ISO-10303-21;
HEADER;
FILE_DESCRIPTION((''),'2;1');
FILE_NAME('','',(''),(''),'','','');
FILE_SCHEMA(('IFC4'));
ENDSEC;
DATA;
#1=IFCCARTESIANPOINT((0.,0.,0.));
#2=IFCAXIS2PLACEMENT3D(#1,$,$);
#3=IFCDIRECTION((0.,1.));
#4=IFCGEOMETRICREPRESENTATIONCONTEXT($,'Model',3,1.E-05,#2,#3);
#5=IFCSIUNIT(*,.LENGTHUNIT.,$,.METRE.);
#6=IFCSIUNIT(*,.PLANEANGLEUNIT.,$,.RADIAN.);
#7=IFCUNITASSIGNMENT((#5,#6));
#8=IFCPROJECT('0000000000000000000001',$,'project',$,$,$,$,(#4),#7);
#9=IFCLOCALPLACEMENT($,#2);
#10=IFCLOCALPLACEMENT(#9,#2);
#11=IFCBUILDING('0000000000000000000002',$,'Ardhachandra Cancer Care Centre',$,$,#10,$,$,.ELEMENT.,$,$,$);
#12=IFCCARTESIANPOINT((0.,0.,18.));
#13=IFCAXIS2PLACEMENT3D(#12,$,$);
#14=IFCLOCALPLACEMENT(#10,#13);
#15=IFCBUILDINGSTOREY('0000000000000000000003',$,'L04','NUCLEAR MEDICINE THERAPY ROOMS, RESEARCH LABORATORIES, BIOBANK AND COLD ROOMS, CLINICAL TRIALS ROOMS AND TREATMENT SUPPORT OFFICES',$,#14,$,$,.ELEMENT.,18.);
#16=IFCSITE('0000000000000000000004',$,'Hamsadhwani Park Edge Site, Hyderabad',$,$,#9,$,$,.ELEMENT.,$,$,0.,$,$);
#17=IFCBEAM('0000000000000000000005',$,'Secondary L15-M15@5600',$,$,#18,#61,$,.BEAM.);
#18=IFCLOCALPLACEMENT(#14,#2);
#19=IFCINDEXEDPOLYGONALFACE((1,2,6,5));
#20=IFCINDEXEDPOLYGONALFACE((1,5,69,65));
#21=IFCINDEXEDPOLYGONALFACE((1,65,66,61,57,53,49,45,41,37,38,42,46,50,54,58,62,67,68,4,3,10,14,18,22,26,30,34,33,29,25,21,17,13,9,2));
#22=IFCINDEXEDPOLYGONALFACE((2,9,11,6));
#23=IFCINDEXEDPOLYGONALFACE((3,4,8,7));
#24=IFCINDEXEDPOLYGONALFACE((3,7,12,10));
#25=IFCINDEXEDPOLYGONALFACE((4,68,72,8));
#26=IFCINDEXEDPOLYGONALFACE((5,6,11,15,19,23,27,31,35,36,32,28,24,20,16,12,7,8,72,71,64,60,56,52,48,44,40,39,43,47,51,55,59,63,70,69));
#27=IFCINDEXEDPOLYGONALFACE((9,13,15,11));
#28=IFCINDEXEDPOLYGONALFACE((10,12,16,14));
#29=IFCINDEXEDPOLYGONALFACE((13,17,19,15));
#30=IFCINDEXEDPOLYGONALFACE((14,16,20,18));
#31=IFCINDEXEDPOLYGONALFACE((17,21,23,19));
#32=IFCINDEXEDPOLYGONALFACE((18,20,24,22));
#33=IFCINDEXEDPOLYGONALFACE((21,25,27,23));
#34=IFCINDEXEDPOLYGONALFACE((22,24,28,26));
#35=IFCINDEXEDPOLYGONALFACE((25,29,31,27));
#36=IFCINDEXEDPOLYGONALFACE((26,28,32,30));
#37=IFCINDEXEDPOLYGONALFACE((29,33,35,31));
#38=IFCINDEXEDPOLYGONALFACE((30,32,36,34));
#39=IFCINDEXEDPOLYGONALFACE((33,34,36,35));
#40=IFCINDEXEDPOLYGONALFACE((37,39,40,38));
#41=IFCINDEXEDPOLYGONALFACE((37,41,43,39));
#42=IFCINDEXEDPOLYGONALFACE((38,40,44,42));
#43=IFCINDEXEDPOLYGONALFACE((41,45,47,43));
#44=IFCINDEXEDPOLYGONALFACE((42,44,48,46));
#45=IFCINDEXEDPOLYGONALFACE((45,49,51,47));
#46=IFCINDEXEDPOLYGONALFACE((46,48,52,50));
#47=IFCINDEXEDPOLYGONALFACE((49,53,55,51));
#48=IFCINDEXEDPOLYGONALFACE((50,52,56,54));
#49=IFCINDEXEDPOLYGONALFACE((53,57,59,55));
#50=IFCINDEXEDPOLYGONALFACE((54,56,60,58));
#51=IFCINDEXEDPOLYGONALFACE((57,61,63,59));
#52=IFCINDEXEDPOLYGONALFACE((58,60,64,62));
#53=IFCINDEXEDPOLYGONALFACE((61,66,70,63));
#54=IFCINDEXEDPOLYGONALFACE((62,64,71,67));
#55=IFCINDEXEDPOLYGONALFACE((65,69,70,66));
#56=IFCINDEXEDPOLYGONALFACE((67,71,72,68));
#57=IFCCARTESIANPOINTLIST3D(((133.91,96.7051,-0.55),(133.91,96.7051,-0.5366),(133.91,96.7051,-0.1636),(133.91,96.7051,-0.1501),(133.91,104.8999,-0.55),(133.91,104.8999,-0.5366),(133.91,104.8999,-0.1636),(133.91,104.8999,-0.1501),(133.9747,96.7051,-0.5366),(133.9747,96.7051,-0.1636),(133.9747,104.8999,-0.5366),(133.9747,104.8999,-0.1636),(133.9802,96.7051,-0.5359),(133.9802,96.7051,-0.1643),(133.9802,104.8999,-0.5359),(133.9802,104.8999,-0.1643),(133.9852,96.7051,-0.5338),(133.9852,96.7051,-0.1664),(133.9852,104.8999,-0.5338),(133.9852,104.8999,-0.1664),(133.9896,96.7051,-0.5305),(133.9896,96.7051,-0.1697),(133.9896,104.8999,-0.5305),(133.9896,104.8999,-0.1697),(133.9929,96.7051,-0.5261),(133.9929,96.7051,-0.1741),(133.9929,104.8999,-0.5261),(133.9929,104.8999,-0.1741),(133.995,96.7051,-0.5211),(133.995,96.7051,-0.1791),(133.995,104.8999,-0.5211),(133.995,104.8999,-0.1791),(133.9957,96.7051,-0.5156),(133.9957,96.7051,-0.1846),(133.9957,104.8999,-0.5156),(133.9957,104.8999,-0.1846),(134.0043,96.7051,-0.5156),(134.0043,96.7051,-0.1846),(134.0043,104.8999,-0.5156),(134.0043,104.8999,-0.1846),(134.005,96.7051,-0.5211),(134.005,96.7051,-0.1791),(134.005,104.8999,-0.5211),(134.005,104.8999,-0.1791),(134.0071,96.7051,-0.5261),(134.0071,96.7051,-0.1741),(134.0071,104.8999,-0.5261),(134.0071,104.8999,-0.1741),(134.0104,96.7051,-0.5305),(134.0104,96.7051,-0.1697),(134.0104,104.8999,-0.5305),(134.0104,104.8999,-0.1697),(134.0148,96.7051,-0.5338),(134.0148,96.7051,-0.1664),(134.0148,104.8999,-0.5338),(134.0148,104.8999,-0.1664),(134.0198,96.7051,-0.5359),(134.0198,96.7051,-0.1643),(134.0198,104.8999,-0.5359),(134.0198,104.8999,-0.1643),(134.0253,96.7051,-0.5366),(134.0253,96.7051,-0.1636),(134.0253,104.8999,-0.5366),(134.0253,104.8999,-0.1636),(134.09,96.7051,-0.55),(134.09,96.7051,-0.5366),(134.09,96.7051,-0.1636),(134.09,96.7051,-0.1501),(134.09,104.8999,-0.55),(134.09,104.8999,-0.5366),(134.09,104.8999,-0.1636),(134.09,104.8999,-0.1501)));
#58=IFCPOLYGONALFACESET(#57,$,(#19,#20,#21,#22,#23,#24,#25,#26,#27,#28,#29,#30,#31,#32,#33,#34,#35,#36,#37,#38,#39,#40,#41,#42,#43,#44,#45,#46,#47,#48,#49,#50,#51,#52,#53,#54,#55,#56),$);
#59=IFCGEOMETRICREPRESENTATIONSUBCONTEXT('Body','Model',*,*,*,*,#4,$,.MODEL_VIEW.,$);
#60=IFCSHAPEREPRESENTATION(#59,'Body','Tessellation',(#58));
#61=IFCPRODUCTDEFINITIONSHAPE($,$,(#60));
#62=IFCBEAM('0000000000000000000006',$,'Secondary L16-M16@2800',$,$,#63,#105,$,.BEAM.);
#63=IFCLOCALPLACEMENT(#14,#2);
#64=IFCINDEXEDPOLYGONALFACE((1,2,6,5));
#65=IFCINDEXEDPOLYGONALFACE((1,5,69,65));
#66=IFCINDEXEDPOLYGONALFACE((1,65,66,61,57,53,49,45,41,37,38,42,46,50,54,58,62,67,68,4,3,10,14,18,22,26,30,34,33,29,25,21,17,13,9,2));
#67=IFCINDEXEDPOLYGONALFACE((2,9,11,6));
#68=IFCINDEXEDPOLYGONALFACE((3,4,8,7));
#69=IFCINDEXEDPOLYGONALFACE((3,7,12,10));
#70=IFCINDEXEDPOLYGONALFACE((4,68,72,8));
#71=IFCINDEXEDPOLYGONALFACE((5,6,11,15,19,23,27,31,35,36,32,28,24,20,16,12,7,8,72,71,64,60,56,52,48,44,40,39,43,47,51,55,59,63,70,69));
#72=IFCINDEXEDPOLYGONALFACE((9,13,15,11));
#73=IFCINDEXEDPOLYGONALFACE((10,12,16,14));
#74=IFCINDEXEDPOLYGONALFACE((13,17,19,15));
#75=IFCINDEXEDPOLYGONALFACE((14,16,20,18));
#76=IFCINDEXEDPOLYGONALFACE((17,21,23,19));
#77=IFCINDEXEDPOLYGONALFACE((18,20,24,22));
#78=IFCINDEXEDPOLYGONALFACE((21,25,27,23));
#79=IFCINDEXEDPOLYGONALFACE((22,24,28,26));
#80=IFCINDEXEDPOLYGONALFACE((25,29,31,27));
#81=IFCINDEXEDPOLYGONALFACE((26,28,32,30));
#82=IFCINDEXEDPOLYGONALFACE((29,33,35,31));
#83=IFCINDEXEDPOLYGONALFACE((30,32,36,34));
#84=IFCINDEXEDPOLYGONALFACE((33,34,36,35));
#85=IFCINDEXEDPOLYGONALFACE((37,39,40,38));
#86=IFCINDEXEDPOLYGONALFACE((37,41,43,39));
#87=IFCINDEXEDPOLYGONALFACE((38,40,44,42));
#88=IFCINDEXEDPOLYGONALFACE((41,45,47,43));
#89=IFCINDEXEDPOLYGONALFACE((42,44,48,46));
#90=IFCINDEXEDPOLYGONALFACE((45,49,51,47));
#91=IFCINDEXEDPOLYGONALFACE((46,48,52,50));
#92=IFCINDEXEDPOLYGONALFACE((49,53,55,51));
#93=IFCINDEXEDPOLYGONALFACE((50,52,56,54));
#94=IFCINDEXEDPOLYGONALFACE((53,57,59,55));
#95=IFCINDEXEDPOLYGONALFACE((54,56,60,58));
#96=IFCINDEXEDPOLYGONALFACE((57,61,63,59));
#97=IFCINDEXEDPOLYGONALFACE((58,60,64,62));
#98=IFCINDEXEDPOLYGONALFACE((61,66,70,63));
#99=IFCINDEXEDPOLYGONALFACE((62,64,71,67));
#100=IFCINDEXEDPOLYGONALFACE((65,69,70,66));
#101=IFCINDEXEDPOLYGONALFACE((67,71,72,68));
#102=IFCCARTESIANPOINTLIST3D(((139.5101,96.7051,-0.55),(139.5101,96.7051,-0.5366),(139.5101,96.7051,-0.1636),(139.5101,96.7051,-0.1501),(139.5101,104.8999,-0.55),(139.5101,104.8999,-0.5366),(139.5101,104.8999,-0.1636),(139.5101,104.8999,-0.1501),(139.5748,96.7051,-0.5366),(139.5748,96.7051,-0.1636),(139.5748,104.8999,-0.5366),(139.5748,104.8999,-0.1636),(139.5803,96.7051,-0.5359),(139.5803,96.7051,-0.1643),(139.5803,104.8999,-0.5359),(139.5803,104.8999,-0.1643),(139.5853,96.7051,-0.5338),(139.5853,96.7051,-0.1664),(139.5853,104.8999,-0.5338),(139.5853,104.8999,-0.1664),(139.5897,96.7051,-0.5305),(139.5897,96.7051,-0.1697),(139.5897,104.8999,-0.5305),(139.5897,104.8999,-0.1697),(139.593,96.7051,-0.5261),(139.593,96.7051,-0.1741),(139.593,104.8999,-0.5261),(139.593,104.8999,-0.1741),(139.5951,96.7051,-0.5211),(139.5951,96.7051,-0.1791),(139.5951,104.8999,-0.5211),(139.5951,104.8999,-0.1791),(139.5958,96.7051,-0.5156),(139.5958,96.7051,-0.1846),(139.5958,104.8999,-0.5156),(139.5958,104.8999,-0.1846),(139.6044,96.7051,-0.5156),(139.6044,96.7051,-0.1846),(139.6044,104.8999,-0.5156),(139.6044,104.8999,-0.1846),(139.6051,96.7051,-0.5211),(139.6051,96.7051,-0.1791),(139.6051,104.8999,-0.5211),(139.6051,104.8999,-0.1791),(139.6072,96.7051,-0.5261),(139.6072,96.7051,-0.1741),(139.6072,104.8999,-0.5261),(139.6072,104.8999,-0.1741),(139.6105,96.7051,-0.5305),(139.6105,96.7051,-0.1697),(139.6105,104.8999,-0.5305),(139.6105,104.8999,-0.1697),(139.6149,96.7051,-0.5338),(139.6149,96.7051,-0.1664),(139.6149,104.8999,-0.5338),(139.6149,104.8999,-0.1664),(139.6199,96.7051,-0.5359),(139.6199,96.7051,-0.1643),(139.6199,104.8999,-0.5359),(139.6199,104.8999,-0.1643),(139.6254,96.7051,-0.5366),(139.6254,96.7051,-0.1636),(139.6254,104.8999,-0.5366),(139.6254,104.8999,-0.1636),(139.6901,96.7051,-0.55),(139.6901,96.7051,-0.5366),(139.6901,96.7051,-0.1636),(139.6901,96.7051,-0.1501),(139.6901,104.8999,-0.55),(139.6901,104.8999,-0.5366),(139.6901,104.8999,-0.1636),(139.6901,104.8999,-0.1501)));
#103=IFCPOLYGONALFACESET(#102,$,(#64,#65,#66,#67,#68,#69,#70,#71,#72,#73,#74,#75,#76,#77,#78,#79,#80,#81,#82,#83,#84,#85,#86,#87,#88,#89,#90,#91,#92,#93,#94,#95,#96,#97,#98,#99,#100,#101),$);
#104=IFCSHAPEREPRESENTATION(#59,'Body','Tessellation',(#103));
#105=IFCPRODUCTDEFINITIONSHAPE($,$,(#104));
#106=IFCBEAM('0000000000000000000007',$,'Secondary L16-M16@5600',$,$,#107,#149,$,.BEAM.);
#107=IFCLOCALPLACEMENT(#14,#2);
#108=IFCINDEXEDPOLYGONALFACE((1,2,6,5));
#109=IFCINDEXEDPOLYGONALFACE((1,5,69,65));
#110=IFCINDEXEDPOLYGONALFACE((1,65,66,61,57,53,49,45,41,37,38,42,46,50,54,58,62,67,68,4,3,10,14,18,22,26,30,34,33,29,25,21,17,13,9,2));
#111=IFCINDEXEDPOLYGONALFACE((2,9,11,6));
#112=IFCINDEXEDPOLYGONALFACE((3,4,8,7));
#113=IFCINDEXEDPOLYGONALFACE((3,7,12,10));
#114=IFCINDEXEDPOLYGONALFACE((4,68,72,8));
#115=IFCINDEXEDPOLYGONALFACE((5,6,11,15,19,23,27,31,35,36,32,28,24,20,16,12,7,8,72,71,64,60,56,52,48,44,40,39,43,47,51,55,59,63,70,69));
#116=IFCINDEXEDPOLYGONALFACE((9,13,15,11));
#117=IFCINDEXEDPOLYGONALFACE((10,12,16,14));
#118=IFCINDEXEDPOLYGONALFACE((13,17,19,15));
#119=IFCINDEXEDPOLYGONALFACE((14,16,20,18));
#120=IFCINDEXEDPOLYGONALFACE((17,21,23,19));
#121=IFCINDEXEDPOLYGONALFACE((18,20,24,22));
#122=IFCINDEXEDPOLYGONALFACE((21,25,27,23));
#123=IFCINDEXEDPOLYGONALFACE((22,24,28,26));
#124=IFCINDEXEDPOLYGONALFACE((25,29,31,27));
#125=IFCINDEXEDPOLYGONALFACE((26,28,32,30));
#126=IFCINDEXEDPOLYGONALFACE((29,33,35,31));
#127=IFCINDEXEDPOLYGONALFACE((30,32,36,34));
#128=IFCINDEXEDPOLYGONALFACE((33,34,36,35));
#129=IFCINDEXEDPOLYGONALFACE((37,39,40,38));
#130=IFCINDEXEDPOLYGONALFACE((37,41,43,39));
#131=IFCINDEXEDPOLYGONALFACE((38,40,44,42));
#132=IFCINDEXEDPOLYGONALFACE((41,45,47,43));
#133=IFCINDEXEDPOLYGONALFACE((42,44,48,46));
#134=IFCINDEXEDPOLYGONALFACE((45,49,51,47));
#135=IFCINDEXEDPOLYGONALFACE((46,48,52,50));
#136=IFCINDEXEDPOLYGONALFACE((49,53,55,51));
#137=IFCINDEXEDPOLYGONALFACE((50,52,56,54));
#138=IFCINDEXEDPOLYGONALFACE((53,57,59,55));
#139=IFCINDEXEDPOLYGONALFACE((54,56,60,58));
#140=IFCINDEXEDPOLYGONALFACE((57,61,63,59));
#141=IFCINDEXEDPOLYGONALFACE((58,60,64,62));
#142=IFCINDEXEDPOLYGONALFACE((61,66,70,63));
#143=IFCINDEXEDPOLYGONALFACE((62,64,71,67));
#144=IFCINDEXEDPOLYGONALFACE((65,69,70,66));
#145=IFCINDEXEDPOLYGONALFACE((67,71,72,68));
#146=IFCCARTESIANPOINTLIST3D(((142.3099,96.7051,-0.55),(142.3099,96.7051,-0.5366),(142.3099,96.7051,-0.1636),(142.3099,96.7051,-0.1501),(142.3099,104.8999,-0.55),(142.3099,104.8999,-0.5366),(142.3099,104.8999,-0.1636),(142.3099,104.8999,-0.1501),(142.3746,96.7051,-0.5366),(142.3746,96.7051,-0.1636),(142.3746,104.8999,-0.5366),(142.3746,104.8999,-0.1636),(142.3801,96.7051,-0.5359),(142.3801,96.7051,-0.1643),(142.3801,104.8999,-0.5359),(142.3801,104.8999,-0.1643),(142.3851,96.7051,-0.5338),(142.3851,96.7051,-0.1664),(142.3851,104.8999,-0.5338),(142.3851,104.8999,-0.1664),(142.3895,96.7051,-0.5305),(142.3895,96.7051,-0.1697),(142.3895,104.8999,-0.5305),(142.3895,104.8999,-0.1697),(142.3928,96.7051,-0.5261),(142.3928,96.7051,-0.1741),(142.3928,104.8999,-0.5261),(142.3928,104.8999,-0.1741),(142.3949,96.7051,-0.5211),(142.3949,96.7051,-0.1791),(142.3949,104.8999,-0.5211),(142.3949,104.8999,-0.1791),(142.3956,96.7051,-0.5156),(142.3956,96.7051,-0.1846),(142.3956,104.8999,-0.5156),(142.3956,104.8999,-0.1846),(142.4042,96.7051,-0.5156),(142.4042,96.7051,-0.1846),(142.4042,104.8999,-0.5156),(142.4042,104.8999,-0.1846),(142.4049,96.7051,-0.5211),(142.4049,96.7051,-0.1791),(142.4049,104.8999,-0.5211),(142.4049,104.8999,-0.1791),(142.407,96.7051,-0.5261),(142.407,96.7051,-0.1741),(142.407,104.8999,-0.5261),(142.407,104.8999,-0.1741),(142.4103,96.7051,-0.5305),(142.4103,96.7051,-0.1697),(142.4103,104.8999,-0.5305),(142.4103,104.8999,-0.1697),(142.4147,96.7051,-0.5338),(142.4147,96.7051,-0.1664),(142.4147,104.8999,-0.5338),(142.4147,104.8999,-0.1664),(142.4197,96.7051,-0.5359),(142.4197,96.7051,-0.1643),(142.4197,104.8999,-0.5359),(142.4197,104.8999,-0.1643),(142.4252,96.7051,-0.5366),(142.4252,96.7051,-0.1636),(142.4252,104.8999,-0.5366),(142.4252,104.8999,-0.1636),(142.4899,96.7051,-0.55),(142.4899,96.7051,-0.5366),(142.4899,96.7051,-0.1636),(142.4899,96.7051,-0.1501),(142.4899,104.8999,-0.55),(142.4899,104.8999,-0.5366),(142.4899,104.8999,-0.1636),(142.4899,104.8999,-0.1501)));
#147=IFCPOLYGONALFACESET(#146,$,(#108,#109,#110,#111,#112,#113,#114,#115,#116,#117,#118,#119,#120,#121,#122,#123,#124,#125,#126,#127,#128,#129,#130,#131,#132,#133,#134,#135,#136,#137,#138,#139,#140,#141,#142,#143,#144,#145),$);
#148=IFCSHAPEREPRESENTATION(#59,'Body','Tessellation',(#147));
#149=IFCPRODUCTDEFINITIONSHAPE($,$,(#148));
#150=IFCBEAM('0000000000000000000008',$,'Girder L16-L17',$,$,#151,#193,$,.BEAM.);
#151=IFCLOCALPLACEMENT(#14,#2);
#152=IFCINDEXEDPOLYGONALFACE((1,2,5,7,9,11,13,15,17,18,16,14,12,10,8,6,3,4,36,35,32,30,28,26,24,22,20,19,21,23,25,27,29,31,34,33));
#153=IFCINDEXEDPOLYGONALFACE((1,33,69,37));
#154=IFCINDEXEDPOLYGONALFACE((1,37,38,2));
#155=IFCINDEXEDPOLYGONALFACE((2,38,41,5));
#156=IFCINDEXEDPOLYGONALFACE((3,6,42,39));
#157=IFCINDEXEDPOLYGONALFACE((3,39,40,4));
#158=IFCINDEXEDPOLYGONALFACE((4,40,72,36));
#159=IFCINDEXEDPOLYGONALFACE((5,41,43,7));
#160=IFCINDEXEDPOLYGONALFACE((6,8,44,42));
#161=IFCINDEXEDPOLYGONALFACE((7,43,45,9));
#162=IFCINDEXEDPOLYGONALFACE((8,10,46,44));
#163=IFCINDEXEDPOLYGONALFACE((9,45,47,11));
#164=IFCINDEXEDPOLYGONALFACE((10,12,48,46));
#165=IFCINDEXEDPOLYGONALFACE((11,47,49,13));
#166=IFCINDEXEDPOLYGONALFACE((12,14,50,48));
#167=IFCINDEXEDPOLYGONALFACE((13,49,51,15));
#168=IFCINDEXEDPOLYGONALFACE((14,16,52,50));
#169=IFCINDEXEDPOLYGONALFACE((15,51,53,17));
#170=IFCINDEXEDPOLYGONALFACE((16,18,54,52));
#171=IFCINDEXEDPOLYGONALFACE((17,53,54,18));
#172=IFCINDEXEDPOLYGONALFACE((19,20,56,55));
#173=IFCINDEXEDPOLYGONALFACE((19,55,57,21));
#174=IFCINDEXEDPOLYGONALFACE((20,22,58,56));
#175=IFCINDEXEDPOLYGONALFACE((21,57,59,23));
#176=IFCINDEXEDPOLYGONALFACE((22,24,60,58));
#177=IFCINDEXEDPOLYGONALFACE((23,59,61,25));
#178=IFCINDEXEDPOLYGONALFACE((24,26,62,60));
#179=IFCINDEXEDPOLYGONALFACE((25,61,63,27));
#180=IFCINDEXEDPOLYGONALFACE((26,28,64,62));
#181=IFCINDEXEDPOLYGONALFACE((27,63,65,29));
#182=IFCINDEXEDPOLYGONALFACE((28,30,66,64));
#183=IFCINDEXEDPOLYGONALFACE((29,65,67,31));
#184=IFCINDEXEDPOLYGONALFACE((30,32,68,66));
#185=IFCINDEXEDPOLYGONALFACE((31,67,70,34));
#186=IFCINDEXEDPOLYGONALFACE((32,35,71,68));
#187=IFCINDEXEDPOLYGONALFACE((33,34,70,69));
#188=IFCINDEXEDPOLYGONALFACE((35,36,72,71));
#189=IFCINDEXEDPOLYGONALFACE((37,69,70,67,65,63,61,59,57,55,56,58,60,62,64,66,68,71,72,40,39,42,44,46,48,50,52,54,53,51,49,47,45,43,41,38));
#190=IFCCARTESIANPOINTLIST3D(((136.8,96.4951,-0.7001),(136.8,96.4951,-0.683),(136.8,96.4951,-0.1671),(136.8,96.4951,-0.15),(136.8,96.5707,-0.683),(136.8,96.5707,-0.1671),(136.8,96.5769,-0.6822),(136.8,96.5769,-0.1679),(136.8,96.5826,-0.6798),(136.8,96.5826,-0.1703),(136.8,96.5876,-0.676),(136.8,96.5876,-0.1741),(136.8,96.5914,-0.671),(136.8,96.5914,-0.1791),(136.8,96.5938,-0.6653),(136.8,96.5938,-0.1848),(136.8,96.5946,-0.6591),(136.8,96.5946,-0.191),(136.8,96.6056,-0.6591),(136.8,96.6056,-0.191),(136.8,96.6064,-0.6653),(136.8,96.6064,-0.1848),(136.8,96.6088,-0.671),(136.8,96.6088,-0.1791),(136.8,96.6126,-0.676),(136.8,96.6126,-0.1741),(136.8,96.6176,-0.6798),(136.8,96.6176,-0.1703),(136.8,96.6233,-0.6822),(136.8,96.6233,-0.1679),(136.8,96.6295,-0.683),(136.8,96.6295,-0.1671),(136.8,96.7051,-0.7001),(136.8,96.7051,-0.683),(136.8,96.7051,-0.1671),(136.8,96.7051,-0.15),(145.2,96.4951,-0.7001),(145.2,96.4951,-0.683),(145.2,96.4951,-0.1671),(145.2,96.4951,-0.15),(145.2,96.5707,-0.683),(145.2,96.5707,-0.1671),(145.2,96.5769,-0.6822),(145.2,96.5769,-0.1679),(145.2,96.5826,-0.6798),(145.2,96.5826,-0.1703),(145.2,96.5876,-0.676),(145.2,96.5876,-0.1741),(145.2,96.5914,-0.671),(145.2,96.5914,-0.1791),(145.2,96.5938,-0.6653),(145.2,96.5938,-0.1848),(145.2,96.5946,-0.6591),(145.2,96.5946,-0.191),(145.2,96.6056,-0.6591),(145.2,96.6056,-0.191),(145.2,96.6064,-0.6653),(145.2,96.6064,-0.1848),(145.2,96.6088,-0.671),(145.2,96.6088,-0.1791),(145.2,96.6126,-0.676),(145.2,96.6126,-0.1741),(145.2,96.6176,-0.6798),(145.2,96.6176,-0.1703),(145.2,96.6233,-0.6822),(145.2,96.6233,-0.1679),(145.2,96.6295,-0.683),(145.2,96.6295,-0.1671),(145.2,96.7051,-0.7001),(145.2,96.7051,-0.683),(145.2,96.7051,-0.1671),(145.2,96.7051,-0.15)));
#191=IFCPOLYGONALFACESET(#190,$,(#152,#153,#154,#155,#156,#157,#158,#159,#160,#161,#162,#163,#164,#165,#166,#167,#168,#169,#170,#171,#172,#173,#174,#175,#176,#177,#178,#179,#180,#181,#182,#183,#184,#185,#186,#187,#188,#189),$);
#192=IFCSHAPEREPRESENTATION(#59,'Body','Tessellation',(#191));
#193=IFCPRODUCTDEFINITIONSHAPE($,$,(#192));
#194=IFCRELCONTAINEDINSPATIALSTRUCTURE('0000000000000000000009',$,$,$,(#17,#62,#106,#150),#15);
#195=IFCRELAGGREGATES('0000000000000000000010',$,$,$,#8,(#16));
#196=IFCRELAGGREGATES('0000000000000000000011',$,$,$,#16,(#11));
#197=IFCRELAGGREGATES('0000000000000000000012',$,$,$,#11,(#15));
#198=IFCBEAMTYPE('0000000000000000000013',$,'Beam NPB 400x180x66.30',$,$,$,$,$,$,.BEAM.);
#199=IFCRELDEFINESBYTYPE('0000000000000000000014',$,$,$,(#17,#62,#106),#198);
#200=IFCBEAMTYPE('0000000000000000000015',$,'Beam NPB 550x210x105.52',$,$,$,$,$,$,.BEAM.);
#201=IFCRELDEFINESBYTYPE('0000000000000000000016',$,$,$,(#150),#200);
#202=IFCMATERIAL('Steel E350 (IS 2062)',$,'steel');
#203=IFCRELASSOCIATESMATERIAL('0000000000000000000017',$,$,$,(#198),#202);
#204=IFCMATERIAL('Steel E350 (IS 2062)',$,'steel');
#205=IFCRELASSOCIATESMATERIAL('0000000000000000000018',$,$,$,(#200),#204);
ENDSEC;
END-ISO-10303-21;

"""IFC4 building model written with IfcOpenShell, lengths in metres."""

from ifc_helpers import new_model, si_unit, direction, frame, origin, origin_2d, place, context, subcontext, project, spatial, i_section, extrude, material, material_profile, profile_set, type_object, element, save


model = new_model("IFC4")

# Units and contexts
model_context = context("Model", 3, precision=1e-05, world=origin(), true_north=direction((0.0, 1.0)))
body_context = subcontext(model_context, "Body", "Model", "MODEL_VIEW")
ifc_project = project(units=[si_unit("LENGTHUNIT", "METRE"), si_unit("PLANEANGLEUNIT", "RADIAN")], contexts=[model_context])

# Site, building, storey
site_placement = place(None, origin())
site = spatial("IfcSite", under=ifc_project, at=site_placement, Name="Hamsadhwani Park Edge Site, Hyderabad", CompositionType="ELEMENT", RefElevation=0.0)
building_placement = place(site_placement, origin())
building = spatial("IfcBuilding", under=site, at=building_placement, Name="Ardhachandra Cancer Care Centre", CompositionType="ELEMENT")
storey_placement = place(building_placement, frame((0.0, 0.0, 18.0)))
storey = spatial("IfcBuildingStorey", under=building, at=storey_placement, Name="L04", Description="NUCLEAR MEDICINE THERAPY ROOMS, RESEARCH LABORATORIES, BIOBANK AND COLD ROOMS, CLINICAL TRIALS ROOMS AND TREATMENT SUPPORT OFFICES", CompositionType="ELEMENT", Elevation=18.0)

# Beams
ifc_material_1 = material(Name="Steel E350 (IS 2062)", Category="steel")
ifc_material_profile_1 = material_profile(ifc_material_1, i_section(OverallWidth=0.1799, OverallDepth=0.3999, WebThickness=0.0085, FlangeThickness=0.0134, FilletRadius=0.021, at=origin_2d()), Name="NPB 400x180x66.30")
ifc_profile_set_1 = profile_set([ifc_material_profile_1], Name="Steel E350 (IS 2062)")
beam_type_1 = type_object("IfcBeamType", Name="Beam NPB 400x180x66.30", PredefinedType="BEAM", material=ifc_profile_set_1)
for number, where, z_axis, x_axis, name in (
    (1, (134.0, 96.7051, -0.3501), (0.0, 1.0, 0.0), (-1.0, 0.0, 0.0), "Secondary L15-M15@5600"),
    (2, (139.6001, 96.7051, -0.3501), (0.0, 1.0, 0.0), (-1.0, 0.0, 0.0), "Secondary L16-M16@2800"),
    (3, (142.3999, 96.7051, -0.3501), (0.0, 1.0, 0.0), (-1.0, 0.0, 0.0), "Secondary L16-M16@5600"),
):
    element("IfcBeam", number, at=place(storey_placement, frame(where, z_axis=z_axis, x_axis=x_axis)), inside=storey, type_object=beam_type_1, Name=name, PredefinedType="BEAM", context=body_context, shape_type="SweptSolid", body=[
        extrude(i_section(OverallWidth=0.1799, OverallDepth=0.3999, WebThickness=0.0085, FlangeThickness=0.0134, FilletRadius=0.021, at=origin_2d()), origin(), (0.0, 0.0, 1.0), 8.1948),
    ])
ifc_material_2 = material(Name="Steel E350 (IS 2062)", Category="steel")
ifc_material_profile_2 = material_profile(ifc_material_2, i_section(OverallWidth=0.21, OverallDepth=0.55, WebThickness=0.011, FlangeThickness=0.0171, FilletRadius=0.0239, at=origin_2d()), Name="NPB 550x210x105.52")
ifc_profile_set_2 = profile_set([ifc_material_profile_2], Name="Steel E350 (IS 2062)")
beam_type_2 = type_object("IfcBeamType", Name="Beam NPB 550x210x105.52", PredefinedType="BEAM", material=ifc_profile_set_2)
for number, where, z_axis, x_axis, name in (
    (4, (136.8, 96.6001, -0.425), (1.0, 0.0, 0.0), (0.0, 1.0, 0.0), "Girder L16-L17"),
):
    element("IfcBeam", number, at=place(storey_placement, frame(where, z_axis=z_axis, x_axis=x_axis)), inside=storey, type_object=beam_type_2, Name=name, PredefinedType="BEAM", context=body_context, shape_type="SweptSolid", body=[
        extrude(i_section(OverallWidth=0.21, OverallDepth=0.55, WebThickness=0.011, FlangeThickness=0.0171, FilletRadius=0.0239, at=origin_2d()), origin(), (0.0, 0.0, 1.0), 8.3999),
    ])

save(model, "model.ifc")
